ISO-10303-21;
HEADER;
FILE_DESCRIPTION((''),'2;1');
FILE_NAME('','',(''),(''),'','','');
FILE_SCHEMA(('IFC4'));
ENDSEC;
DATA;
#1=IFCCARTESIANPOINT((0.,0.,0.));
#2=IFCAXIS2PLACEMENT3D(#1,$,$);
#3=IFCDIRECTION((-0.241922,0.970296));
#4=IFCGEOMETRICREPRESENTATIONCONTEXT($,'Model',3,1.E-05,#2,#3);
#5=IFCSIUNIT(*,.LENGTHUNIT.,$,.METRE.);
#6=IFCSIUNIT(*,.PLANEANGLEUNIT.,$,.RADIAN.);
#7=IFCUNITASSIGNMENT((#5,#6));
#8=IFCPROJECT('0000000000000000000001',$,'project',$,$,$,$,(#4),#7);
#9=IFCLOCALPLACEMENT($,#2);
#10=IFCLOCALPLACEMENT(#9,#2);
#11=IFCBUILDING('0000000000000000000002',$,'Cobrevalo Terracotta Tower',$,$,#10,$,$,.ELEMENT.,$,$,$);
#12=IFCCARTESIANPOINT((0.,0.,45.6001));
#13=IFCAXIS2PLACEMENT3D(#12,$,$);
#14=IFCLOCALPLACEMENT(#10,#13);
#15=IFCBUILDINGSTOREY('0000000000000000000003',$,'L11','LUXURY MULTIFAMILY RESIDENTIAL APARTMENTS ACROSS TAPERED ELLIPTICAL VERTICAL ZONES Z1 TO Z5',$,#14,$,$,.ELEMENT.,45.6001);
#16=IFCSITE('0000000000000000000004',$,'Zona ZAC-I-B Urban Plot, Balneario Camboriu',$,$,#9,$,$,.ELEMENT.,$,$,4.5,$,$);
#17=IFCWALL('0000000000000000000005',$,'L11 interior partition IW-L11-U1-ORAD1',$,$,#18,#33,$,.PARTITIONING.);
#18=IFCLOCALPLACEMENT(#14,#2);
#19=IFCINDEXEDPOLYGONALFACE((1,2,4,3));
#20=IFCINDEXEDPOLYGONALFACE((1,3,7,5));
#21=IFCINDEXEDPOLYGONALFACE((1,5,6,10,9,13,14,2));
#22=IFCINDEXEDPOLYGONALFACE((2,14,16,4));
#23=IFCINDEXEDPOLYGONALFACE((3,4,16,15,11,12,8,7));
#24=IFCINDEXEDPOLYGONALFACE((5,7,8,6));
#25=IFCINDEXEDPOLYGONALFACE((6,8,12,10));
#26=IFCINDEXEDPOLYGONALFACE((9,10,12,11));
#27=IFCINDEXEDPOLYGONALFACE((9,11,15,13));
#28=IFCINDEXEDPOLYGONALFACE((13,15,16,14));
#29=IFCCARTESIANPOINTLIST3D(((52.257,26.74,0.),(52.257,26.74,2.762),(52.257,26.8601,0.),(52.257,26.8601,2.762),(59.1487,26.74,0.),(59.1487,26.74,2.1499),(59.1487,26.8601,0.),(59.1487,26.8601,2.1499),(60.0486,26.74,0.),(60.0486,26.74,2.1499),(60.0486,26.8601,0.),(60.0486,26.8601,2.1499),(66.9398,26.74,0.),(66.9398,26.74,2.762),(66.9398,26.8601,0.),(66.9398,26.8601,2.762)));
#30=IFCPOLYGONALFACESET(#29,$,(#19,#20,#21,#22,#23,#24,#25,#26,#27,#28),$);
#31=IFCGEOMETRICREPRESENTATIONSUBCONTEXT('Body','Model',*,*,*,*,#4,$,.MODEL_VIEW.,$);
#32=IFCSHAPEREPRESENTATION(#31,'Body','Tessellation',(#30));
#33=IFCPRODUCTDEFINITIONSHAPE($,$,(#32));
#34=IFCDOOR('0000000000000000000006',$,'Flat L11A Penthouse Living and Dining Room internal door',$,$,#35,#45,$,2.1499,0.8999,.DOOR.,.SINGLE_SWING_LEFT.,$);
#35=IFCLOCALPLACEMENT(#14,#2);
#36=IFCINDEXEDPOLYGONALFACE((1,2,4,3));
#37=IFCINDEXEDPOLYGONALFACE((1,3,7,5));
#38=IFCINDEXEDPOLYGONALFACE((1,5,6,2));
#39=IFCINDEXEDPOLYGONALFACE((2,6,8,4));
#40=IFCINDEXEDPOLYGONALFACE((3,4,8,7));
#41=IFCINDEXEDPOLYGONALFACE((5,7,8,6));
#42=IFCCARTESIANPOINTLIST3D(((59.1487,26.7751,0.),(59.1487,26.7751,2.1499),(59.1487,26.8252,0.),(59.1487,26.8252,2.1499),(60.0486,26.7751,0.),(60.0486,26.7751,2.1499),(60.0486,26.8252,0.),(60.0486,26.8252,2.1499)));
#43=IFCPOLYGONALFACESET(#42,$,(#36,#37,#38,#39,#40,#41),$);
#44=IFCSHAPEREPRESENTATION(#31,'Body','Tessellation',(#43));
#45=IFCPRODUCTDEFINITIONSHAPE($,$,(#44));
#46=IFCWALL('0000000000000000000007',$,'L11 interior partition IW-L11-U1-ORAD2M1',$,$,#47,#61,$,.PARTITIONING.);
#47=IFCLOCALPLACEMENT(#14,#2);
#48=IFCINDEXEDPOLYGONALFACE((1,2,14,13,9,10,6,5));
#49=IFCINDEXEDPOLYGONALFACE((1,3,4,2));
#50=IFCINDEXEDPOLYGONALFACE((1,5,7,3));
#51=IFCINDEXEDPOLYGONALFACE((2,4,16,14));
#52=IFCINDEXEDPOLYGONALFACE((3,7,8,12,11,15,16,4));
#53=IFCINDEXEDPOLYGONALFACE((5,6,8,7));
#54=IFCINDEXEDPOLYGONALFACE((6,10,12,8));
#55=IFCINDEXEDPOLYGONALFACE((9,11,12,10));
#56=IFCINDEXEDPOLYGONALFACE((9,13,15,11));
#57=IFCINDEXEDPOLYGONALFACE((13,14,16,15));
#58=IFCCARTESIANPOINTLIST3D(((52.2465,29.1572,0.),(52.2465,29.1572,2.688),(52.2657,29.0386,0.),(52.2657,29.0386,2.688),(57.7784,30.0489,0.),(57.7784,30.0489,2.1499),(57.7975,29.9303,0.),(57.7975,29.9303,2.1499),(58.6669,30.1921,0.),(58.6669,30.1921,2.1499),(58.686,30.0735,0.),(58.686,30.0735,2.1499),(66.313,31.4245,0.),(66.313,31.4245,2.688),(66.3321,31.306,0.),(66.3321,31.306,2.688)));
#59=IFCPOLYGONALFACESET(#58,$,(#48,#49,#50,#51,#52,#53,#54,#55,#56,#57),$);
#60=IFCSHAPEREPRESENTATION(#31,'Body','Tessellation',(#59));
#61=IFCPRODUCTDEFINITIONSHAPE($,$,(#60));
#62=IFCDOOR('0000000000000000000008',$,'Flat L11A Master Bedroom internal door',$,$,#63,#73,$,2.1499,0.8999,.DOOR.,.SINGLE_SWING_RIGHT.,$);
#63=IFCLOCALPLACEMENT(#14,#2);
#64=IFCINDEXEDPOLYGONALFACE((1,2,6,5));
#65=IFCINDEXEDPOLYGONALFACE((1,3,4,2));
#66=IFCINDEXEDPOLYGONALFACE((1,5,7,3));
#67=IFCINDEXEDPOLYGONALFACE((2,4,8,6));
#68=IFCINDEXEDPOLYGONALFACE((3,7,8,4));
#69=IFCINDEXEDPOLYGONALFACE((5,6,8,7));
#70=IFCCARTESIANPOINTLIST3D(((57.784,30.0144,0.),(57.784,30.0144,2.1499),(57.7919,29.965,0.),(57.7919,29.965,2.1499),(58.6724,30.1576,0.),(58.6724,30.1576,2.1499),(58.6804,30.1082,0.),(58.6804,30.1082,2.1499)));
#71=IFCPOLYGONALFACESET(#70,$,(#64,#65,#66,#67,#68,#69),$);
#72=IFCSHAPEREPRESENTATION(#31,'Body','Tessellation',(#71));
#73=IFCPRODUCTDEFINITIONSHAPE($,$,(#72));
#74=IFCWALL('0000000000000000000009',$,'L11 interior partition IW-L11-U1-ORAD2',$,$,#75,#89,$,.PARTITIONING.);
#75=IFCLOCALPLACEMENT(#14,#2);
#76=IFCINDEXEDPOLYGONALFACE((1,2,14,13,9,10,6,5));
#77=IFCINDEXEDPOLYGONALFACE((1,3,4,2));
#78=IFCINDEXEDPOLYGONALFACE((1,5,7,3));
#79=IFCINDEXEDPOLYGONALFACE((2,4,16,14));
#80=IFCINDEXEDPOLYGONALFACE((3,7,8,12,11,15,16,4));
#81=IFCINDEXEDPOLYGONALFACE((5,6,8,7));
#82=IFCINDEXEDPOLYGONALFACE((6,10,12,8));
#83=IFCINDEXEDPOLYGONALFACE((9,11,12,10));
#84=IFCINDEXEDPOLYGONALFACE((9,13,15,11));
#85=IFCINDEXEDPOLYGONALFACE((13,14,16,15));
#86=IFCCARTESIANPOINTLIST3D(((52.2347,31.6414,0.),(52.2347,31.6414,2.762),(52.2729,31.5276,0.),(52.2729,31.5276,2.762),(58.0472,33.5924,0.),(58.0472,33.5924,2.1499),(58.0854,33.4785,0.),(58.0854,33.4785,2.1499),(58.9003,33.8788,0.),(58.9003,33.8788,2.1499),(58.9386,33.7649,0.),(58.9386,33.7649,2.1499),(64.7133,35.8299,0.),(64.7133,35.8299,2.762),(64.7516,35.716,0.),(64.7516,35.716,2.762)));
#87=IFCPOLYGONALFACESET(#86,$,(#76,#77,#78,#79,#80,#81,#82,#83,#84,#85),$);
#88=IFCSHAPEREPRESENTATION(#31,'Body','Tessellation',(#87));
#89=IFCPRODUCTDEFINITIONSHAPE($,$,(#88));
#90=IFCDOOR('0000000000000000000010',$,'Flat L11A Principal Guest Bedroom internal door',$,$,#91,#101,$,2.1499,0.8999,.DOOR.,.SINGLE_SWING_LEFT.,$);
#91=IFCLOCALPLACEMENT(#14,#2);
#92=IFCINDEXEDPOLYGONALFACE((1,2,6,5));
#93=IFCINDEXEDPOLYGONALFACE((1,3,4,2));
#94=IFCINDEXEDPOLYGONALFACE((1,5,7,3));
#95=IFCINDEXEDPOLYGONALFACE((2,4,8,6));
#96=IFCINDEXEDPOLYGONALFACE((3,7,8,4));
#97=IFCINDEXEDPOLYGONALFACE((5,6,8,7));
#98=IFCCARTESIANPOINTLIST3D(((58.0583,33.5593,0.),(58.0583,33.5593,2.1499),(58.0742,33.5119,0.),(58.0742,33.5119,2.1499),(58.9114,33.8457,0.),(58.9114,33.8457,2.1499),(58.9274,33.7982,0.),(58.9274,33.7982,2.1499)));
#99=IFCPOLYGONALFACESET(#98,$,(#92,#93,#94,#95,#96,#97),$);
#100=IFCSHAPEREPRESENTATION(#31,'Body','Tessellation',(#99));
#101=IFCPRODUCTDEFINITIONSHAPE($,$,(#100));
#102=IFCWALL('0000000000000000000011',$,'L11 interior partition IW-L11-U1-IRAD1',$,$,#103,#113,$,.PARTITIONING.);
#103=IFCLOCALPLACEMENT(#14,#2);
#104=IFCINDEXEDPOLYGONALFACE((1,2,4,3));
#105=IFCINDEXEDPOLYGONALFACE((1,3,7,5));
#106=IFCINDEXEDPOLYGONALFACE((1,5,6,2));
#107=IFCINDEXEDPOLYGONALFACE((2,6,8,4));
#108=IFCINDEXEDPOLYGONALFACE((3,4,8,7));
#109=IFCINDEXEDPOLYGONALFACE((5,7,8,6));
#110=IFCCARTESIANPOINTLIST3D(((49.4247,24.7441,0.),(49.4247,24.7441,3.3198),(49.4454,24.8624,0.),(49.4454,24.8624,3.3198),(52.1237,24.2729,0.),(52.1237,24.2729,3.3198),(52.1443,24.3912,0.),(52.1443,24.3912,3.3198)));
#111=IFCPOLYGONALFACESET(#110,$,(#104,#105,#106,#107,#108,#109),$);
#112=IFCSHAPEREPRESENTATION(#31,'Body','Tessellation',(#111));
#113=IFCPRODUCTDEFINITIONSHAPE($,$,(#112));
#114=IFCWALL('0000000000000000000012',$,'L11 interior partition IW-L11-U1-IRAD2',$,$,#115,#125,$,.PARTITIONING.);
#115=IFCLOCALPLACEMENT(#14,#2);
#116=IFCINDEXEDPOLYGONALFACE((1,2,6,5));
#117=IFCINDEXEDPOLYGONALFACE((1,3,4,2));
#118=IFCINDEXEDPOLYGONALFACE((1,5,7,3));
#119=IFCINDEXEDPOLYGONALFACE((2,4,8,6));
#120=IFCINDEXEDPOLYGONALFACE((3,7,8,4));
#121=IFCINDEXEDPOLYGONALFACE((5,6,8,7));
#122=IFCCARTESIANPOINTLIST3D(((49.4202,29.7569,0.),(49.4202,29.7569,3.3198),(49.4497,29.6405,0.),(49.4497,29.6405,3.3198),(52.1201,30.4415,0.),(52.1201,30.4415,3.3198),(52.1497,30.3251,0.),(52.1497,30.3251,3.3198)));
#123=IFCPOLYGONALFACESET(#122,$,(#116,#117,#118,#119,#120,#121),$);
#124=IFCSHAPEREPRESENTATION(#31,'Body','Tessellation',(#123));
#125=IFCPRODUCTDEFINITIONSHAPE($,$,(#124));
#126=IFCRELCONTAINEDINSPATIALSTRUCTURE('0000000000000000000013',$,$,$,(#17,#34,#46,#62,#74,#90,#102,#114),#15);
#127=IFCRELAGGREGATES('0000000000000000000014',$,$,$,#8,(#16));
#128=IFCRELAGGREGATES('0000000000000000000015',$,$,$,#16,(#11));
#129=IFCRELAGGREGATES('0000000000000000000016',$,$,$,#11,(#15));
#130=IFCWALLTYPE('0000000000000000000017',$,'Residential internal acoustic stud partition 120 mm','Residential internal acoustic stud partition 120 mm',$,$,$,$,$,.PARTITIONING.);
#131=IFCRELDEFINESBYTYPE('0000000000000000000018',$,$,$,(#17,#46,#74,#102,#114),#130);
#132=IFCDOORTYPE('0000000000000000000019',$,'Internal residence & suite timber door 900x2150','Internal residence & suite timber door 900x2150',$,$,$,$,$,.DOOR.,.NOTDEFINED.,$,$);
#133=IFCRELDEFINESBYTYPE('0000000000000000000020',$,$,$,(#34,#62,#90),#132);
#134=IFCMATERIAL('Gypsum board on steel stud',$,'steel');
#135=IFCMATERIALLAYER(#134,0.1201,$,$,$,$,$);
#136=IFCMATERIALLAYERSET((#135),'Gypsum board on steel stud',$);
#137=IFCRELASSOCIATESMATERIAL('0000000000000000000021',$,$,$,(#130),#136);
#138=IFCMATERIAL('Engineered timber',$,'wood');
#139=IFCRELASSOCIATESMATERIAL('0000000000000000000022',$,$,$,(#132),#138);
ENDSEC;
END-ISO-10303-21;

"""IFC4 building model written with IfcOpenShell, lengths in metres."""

from ifc_helpers import new_model, si_unit, direction, frame, frame_2d, origin, place, context, subcontext, project, spatial, rectangle, extrude, source, transform, mapped, material, layer, layer_set, type_object, element, fill, save


model = new_model("IFC4")

# Units and contexts
model_context = context("Model", 3, precision=1e-05, world=origin(), true_north=direction((-0.241922, 0.970296)))
body_context = subcontext(model_context, "Body", "Model", "MODEL_VIEW")
ifc_project = project(units=[si_unit("LENGTHUNIT", "METRE"), si_unit("PLANEANGLEUNIT", "RADIAN")], contexts=[model_context])

# Site, building, storey
site_placement = place(None, origin())
site = spatial("IfcSite", under=ifc_project, at=site_placement, Name="Zona ZAC-I-B Urban Plot, Balneario Camboriu", CompositionType="ELEMENT", RefElevation=4.5)
building_placement = place(site_placement, origin())
building = spatial("IfcBuilding", under=site, at=building_placement, Name="Cobrevalo Terracotta Tower", CompositionType="ELEMENT")
storey_placement = place(building_placement, frame((0.0, 0.0, 45.6001)))
storey = spatial("IfcBuildingStorey", under=building, at=storey_placement, Name="L11", Description="LUXURY MULTIFAMILY RESIDENTIAL APARTMENTS ACROSS TAPERED ELLIPTICAL VERTICAL ZONES Z1 TO Z5", CompositionType="ELEMENT", Elevation=45.6001)

# Walls, openings, doors
ifc_material_1 = material(Name="Gypsum board on steel stud", Category="steel")
ifc_layer_1 = layer(ifc_material_1, 0.1201)
ifc_layer_set_1 = layer_set([ifc_layer_1], Name="Gypsum board on steel stud")
wall_type = type_object("IfcWallType", Name="Residential internal acoustic stud partition 120 mm", Description="Residential internal acoustic stud partition 120 mm", PredefinedType="PARTITIONING", material=ifc_layer_set_1)
wall_1_placement = place(storey_placement, frame((52.2571, 26.8, 0.0), z_axis=(0.0, 0.0, 1.0), x_axis=(1.0, 0.0, 0.0)))
wall_1 = element("IfcWall", 1, at=wall_1_placement, inside=storey, type_object=wall_type, Name="L11 interior partition IW-L11-U1-ORAD1", PredefinedType="PARTITIONING", context=body_context, shape_type="SweptSolid", body=[
    extrude(rectangle(XDim=14.6829, YDim=0.1201, at=frame_2d((7.3413, 0.0))), origin(), (0.0, 0.0, 1.0), 2.762),
])
opening_1_placement = place(wall_1_placement, frame((6.8916, 0.0, 0.0)))
opening_1 = element("IfcOpeningElement", 2, at=opening_1_placement, cuts=wall_1, PredefinedType="OPENING", context=body_context, shape_type="SweptSolid", body=[
    extrude(rectangle(XDim=0.8999, YDim=2.1499, at=frame_2d((0.45, 1.075))), frame((0.0, 0.0701, 0.0), z_axis=(0.0, -1.0, 0.0), x_axis=(1.0, 0.0, 0.0)), (0.0, 0.0, 1.0), 0.1401),
])
ifc_material_2 = material(Name="Engineered timber", Category="wood")
door_type = type_object("IfcDoorType", Name="Internal residence & suite timber door 900x2150", Description="Internal residence & suite timber door 900x2150", OperationType="NOTDEFINED", PredefinedType="DOOR", material=ifc_material_2)
shared_shape_1 = source(origin(), body_context, "Body", "SweptSolid", [
    extrude(rectangle(XDim=0.8999, YDim=2.1499, at=frame_2d((0.45, 1.075))), frame((0.0, 0.0249, 0.0), z_axis=(0.0, -1.0, 0.0), x_axis=(1.0, 0.0, 0.0)), (0.0, 0.0, 1.0), 0.05),
])
door_1_placement = place(opening_1_placement, frame((0.8999, 0.0, 0.0), z_axis=(0.0, 0.0, 1.0), x_axis=(-1.0, 0.0, 0.0)))
door_1 = element("IfcDoor", 3, at=door_1_placement, inside=storey, type_object=door_type, Name="Flat L11A Penthouse Living and Dining Room internal door", OperationType="SINGLE_SWING_LEFT", OverallHeight=2.1499, OverallWidth=0.8999, PredefinedType="DOOR", context=body_context, shape_type="MappedRepresentation", body=[
    mapped(shared_shape_1, transform((0.0, 0.0, 0.0), scale=1.0)),
])
fill(opening_1, door_1)
wall_2_placement = place(storey_placement, frame((52.2561, 29.0979, 0.0), z_axis=(0.0, 0.0, 1.0), x_axis=(0.987257, 0.159134, 0.0)))
wall_2 = element("IfcWall", 4, at=wall_2_placement, inside=storey, type_object=wall_type, Name="L11 interior partition IW-L11-U1-ORAD2M1", PredefinedType="PARTITIONING", context=body_context, shape_type="SweptSolid", body=[
    extrude(rectangle(XDim=14.248, YDim=0.1201, at=frame_2d((7.124, 0.0))), origin(), (0.0, 0.0, 1.0), 2.688),
])
opening_2_placement = place(wall_2_placement, frame((5.6033, 0.0, 0.0)))
opening_2 = element("IfcOpeningElement", 5, at=opening_2_placement, cuts=wall_2, PredefinedType="OPENING", context=body_context, shape_type="SweptSolid", body=[
    extrude(rectangle(XDim=0.8999, YDim=2.1499, at=frame_2d((0.45, 1.075))), frame((0.0, 0.0701, 0.0), z_axis=(0.0, -1.0, 0.0), x_axis=(1.0, 0.0, 0.0)), (0.0, 0.0, 1.0), 0.1401),
])
door_2_placement = place(opening_2_placement, frame((0.8999, 0.0, 0.0), z_axis=(0.0, 0.0, 1.0), x_axis=(-1.0, 0.0, 0.0)))
door_2 = element("IfcDoor", 6, at=door_2_placement, inside=storey, type_object=door_type, Name="Flat L11A Master Bedroom internal door", OperationType="SINGLE_SWING_RIGHT", OverallHeight=2.1499, OverallWidth=0.8999, PredefinedType="DOOR", context=body_context, shape_type="MappedRepresentation", body=[
    mapped(shared_shape_1, transform((0.0, 0.0, 0.0), scale=1.0)),
])
fill(opening_2, door_2)
wall_3_placement = place(storey_placement, frame((52.2537, 31.5845, 0.0), z_axis=(0.0, 0.0, 1.0), x_axis=(0.948023, 0.318202, 0.0)))
wall_3 = element("IfcWall", 7, at=wall_3_placement, inside=storey, type_object=wall_type, Name="L11 interior partition IW-L11-U1-ORAD2", PredefinedType="PARTITIONING", context=body_context, shape_type="SweptSolid", body=[
    extrude(rectangle(XDim=13.1628, YDim=0.1201, at=frame_2d((6.5815, 0.0))), origin(), (0.0, 0.0, 1.0), 2.762),
])
opening_3_placement = place(wall_3_placement, frame((6.1313, 0.0, 0.0)))
opening_3 = element("IfcOpeningElement", 8, at=opening_3_placement, cuts=wall_3, PredefinedType="OPENING", context=body_context, shape_type="SweptSolid", body=[
    extrude(rectangle(XDim=0.8999, YDim=2.1499, at=frame_2d((0.45, 1.075))), frame((0.0, 0.0701, 0.0), z_axis=(0.0, -1.0, 0.0), x_axis=(1.0, 0.0, 0.0)), (0.0, 0.0, 1.0), 0.1401),
])
door_3_placement = place(opening_3_placement, frame((0.8999, 0.0, 0.0), z_axis=(0.0, 0.0, 1.0), x_axis=(-1.0, 0.0, 0.0)))
door_3 = element("IfcDoor", 9, at=door_3_placement, inside=storey, type_object=door_type, Name="Flat L11A Principal Guest Bedroom internal door", OperationType="SINGLE_SWING_LEFT", OverallHeight=2.1499, OverallWidth=0.8999, PredefinedType="DOOR", context=body_context, shape_type="MappedRepresentation", body=[
    mapped(shared_shape_1, transform((0.0, 0.0, 0.0), scale=1.0)),
])
fill(opening_3, door_3)

# Walls
wall_4_placement = place(storey_placement, frame((49.4351, 24.8032, 0.0), z_axis=(0.0, 0.0, 1.0), x_axis=(0.9851, -0.17198, 0.0)))
element("IfcWall", 10, at=wall_4_placement, inside=storey, type_object=wall_type, Name="L11 interior partition IW-L11-U1-IRAD1", PredefinedType="PARTITIONING", context=body_context, shape_type="SweptSolid", body=[
    extrude(rectangle(XDim=2.7397, YDim=0.1201, at=frame_2d((1.3699, 0.0))), origin(), (0.0, 0.0, 1.0), 3.3198),
])
wall_5_placement = place(storey_placement, frame((49.4351, 29.6987, 0.0), z_axis=(0.0, 0.0, 1.0), x_axis=(0.969328, 0.245772, 0.0)))
element("IfcWall", 11, at=wall_5_placement, inside=storey, type_object=wall_type, Name="L11 interior partition IW-L11-U1-IRAD2", PredefinedType="PARTITIONING", context=body_context, shape_type="SweptSolid", body=[
    extrude(rectangle(XDim=2.7854, YDim=0.1201, at=frame_2d((1.3926, 0.0))), origin(), (0.0, 0.0, 1.0), 3.3198),
])

save(model, "model.ifc")
